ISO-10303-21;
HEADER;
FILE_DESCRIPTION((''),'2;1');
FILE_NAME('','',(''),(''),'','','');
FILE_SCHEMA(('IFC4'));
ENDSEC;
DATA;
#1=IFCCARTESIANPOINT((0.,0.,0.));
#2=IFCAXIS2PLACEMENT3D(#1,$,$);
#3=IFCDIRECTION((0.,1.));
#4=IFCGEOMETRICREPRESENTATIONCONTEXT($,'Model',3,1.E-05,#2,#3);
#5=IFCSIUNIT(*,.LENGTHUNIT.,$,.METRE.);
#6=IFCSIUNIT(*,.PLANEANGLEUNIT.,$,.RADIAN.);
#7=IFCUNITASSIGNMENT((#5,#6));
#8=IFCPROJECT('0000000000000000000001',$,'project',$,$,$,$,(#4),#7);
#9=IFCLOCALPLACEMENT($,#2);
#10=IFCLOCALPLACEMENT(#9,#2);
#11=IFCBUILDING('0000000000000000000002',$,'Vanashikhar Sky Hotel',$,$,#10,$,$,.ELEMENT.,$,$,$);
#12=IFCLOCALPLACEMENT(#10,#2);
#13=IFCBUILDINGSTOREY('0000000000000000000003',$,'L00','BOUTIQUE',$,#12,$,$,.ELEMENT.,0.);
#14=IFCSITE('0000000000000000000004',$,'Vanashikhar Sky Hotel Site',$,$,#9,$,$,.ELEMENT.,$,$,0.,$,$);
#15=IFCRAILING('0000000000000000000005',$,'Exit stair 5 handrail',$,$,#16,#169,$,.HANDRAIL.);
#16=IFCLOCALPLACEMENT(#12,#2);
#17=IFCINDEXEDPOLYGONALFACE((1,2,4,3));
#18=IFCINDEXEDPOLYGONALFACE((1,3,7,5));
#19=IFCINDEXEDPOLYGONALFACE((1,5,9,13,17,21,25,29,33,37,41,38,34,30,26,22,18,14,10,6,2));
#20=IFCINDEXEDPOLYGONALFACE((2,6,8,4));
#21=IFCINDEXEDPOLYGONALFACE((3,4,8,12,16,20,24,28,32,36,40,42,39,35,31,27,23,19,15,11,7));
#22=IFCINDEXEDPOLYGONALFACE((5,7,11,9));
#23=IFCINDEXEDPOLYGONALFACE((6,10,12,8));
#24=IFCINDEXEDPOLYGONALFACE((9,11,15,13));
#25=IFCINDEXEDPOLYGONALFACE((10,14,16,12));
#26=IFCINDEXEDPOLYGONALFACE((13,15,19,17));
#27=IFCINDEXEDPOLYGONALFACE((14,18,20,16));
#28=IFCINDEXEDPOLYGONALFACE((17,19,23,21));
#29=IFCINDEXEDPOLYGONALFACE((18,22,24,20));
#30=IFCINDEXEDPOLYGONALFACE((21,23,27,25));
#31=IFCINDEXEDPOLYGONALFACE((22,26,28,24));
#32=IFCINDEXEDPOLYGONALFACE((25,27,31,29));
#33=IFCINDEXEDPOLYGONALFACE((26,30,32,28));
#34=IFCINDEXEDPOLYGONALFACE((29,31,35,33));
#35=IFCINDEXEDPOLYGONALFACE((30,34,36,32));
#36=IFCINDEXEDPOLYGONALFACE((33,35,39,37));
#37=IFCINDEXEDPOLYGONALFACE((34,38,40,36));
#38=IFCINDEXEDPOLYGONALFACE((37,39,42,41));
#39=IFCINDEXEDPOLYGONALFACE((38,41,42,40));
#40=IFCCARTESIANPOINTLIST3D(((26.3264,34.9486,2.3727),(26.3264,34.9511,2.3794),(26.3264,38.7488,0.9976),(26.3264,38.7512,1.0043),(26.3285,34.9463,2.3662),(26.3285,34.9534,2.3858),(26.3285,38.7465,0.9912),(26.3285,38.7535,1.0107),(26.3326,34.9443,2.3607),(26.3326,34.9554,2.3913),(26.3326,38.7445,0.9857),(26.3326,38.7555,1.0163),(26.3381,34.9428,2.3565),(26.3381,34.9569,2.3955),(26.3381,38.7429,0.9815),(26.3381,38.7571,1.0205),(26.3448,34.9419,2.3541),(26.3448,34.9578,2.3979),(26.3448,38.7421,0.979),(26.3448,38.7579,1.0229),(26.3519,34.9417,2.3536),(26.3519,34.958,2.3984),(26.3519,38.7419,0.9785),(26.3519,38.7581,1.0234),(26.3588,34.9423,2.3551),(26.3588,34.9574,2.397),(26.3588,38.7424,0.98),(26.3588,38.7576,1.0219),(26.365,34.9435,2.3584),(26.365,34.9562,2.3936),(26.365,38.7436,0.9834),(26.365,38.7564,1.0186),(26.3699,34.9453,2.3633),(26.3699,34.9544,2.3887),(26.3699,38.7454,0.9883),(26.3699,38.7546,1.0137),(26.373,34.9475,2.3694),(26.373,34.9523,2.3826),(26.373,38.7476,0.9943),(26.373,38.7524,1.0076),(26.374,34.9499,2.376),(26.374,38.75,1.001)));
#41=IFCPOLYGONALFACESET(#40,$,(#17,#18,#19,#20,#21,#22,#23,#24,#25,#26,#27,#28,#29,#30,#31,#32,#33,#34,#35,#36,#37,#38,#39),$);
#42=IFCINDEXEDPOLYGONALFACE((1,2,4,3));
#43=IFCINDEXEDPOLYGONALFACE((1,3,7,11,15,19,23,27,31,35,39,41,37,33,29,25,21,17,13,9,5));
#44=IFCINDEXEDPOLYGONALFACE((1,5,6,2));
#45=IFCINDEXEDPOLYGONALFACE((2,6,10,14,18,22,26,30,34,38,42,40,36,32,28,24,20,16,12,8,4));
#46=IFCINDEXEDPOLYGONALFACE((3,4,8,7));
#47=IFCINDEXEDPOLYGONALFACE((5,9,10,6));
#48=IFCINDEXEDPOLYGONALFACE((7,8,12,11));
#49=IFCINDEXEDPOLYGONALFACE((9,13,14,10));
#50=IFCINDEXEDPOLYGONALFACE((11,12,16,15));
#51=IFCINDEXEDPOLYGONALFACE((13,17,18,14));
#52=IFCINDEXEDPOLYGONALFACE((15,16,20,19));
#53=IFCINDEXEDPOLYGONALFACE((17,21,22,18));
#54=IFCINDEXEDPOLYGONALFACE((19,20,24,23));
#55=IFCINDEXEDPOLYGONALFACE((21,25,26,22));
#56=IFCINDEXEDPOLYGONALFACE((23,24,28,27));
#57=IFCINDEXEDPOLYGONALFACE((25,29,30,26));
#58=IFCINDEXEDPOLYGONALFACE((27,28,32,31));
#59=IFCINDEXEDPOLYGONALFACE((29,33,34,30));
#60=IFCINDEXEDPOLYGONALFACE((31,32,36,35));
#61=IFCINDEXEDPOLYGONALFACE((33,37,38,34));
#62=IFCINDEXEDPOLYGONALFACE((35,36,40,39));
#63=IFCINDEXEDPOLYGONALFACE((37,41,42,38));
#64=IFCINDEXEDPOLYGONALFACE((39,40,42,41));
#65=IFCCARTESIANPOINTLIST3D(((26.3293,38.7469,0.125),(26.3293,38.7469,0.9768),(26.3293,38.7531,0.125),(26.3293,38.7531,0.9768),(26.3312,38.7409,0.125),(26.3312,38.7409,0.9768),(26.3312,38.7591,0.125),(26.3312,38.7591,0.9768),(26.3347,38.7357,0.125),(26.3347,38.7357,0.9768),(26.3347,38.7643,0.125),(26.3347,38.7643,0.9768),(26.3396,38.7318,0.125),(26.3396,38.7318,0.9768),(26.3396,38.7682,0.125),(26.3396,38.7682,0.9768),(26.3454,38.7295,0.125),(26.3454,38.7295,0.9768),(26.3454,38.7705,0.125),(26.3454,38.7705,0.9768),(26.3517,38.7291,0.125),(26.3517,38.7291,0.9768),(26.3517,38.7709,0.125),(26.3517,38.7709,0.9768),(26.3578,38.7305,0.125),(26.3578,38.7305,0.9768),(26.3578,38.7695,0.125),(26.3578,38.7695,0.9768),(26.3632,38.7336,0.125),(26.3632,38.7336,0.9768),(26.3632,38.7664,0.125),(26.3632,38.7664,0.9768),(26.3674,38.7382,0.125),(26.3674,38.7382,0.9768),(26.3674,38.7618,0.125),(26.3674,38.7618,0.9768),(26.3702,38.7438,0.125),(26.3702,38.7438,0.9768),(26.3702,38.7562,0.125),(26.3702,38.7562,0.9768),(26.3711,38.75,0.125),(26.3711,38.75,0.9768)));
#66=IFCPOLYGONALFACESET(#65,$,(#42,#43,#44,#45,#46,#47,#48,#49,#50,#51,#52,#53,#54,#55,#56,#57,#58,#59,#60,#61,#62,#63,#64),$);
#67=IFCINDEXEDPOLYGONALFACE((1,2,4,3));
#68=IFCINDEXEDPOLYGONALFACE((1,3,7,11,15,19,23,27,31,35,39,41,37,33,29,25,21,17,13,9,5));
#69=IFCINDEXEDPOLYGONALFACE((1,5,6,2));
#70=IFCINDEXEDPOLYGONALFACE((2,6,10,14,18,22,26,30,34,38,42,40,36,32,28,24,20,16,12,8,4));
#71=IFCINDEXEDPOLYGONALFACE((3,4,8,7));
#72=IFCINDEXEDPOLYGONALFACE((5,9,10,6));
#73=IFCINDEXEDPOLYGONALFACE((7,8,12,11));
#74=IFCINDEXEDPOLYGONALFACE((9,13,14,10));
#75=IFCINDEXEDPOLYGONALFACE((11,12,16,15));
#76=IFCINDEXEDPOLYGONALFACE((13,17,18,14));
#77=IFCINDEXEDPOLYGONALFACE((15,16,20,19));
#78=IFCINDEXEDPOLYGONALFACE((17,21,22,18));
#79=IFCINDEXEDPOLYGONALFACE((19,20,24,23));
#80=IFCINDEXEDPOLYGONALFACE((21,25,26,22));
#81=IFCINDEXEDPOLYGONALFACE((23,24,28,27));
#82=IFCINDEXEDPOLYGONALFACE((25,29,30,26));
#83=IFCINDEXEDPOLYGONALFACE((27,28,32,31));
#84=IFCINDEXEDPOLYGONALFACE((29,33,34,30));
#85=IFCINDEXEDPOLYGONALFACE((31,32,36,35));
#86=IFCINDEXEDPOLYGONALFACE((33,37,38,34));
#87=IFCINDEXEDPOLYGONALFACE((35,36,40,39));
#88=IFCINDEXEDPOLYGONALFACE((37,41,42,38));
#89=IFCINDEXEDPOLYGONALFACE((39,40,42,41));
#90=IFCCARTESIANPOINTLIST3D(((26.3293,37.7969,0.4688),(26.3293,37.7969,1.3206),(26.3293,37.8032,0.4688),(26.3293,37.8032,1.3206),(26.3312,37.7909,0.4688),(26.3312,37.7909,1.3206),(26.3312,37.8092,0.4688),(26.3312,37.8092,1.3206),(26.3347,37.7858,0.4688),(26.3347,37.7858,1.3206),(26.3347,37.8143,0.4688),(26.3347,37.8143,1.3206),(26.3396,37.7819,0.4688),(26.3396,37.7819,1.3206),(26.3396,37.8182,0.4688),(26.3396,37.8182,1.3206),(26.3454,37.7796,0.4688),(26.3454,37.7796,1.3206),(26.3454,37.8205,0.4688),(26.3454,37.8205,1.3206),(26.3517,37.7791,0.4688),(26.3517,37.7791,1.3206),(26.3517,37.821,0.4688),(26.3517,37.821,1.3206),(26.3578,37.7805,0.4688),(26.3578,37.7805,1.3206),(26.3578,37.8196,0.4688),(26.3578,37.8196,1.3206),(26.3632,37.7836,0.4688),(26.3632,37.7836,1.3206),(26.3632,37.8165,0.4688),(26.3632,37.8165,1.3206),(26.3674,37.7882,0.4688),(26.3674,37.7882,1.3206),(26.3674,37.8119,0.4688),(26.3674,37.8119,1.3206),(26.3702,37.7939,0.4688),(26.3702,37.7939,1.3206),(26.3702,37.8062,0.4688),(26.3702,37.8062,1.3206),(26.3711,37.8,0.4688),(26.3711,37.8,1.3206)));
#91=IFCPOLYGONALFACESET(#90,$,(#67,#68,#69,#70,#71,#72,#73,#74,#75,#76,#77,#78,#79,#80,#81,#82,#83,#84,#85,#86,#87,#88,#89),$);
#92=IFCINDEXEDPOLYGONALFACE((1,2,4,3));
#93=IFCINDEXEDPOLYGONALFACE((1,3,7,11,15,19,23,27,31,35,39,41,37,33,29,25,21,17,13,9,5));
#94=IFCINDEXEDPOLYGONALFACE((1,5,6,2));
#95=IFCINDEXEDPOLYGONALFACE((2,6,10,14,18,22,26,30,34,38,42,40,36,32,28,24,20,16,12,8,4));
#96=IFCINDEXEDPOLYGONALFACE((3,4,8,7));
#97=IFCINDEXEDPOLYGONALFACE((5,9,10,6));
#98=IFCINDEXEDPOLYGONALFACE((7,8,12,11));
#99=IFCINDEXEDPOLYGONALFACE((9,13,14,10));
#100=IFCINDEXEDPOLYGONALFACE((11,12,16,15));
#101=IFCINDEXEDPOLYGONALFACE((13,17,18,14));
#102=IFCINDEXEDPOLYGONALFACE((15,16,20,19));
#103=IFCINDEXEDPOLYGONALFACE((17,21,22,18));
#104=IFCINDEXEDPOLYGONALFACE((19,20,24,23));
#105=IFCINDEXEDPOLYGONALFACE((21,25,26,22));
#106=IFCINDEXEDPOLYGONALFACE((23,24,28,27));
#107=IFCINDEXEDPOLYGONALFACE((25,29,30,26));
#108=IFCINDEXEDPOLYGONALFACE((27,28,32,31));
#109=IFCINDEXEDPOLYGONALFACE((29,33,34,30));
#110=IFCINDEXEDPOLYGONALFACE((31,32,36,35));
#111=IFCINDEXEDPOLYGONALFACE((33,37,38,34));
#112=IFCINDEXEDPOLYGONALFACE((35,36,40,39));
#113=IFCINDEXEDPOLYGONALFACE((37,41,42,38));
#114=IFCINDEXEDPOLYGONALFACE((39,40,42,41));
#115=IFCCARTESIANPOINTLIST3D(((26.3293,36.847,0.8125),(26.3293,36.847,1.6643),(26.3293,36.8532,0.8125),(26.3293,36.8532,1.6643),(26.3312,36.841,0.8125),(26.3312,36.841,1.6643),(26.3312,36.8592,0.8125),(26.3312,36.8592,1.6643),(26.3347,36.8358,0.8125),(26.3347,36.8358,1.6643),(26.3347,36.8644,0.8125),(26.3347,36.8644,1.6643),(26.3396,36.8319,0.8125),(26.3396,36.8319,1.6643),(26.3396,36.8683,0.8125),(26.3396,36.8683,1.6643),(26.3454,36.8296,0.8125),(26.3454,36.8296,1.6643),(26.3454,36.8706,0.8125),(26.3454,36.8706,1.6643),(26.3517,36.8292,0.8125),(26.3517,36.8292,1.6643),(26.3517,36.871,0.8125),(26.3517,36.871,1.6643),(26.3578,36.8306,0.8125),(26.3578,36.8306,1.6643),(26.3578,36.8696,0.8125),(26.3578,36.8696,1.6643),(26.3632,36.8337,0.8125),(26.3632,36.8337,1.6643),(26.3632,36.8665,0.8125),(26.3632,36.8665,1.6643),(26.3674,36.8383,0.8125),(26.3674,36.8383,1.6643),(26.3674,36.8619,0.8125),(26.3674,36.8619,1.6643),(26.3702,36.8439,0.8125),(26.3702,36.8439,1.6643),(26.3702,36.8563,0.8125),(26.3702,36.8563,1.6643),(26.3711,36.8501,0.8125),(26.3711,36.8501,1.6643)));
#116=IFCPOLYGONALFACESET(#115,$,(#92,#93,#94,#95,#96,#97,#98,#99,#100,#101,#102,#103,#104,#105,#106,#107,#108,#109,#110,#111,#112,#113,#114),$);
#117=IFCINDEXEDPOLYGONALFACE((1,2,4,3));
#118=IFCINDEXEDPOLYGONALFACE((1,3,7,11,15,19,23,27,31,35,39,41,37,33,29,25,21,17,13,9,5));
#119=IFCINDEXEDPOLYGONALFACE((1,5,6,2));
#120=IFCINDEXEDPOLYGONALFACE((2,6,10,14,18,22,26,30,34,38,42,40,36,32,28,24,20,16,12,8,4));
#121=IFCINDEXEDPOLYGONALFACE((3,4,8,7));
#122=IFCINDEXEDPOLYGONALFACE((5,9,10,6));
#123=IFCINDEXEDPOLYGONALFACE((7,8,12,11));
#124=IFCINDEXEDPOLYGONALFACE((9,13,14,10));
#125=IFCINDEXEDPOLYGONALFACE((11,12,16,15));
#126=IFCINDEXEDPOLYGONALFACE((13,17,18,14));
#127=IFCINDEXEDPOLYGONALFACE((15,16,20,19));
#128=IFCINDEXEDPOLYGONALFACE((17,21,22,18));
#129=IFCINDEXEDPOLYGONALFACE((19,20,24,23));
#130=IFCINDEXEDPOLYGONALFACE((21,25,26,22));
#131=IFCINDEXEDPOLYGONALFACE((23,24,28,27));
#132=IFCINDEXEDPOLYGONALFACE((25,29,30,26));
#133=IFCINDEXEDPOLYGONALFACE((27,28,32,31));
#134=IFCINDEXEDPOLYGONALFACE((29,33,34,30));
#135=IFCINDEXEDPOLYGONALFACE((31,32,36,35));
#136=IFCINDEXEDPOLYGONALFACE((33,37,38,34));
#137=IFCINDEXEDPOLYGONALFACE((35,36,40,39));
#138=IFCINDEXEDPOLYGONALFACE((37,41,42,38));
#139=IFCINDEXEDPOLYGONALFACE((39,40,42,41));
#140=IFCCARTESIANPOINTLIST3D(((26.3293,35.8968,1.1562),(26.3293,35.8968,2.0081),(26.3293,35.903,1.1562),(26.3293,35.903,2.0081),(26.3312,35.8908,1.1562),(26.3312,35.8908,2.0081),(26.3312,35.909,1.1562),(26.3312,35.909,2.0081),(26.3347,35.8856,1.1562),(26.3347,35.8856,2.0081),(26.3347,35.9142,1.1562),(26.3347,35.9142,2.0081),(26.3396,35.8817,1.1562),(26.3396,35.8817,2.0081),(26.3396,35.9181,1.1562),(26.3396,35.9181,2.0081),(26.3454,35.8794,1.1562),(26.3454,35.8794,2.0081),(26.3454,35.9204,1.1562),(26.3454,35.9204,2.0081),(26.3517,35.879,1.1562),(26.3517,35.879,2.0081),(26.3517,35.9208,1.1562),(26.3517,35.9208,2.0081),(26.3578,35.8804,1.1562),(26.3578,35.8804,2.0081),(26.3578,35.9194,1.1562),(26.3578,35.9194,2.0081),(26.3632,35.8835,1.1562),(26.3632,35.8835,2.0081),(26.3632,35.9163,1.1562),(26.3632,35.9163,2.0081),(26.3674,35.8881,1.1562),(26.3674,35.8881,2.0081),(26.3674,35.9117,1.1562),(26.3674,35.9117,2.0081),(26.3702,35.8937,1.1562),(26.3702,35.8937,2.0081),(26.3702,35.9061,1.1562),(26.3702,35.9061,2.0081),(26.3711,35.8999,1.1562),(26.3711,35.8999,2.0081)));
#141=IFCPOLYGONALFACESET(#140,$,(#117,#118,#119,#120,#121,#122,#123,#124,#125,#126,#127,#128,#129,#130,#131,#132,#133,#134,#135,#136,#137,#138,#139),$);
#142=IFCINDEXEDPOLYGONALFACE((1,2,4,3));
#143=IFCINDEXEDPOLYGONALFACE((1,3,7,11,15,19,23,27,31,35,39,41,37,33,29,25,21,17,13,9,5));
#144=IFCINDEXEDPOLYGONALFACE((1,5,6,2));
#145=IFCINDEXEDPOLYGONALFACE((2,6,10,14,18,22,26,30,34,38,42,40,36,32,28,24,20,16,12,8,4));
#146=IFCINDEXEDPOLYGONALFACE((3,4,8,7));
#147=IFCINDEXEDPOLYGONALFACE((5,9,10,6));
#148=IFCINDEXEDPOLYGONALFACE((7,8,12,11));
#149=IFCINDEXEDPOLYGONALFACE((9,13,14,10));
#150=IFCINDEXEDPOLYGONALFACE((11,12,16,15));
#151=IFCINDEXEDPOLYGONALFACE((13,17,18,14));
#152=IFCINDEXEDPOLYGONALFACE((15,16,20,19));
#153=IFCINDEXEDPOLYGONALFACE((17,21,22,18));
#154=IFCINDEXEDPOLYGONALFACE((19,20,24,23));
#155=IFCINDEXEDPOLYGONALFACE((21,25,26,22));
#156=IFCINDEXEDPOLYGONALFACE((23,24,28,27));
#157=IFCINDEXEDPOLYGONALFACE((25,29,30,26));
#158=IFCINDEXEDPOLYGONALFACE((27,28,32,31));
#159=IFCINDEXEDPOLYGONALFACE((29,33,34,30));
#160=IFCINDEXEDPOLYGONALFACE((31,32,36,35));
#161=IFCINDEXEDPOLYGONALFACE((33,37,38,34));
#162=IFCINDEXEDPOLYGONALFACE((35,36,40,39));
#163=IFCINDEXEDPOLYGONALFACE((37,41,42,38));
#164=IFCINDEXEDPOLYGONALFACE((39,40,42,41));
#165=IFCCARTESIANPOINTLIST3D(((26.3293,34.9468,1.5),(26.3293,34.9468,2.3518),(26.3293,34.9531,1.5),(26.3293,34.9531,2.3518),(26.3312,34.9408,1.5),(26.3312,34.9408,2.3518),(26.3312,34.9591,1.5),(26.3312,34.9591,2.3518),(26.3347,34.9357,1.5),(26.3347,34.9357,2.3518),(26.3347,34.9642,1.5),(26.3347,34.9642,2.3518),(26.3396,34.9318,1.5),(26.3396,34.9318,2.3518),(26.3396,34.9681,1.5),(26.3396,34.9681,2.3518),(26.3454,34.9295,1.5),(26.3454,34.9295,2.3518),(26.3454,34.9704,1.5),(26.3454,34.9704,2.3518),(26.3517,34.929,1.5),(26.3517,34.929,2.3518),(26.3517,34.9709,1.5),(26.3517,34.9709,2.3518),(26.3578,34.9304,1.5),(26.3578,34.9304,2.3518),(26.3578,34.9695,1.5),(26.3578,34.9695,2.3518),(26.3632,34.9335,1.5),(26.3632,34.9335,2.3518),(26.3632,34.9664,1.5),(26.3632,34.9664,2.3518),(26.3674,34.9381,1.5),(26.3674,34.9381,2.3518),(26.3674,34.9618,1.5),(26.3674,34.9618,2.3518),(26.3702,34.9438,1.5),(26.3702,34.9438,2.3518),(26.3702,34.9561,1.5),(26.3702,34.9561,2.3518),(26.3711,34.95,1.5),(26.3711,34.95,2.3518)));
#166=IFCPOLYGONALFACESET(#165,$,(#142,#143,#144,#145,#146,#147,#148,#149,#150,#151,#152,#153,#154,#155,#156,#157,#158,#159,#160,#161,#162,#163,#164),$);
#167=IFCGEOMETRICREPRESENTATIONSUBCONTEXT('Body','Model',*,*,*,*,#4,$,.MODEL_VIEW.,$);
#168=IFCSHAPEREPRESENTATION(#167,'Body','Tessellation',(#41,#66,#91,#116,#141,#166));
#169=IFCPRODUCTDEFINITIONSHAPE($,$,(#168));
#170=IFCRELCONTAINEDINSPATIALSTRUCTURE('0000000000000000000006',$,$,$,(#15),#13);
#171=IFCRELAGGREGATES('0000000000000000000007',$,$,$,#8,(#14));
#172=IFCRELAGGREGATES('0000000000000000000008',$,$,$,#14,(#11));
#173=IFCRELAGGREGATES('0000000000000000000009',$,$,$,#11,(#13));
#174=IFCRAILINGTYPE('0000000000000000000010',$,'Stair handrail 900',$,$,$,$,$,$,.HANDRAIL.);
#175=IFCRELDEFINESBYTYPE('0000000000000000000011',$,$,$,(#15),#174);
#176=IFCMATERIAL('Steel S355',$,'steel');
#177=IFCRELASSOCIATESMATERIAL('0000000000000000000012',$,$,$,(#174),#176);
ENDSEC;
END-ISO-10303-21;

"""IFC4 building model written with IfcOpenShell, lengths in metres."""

from ifc_helpers import new_model, si_unit, direction, frame, origin, origin_2d, place, context, subcontext, project, spatial, circle, extrude, source, transform, mapped, material, type_object, element, save


model = new_model("IFC4")

# Units and contexts
model_context = context("Model", 3, precision=1e-05, world=origin(), true_north=direction((0.0, 1.0)))
body_context = subcontext(model_context, "Body", "Model", "MODEL_VIEW")
ifc_project = project(units=[si_unit("LENGTHUNIT", "METRE"), si_unit("PLANEANGLEUNIT", "RADIAN")], contexts=[model_context])

# Site, building, storey
site_placement = place(None, origin())
site = spatial("IfcSite", under=ifc_project, at=site_placement, Name="Vanashikhar Sky Hotel Site", CompositionType="ELEMENT", RefElevation=0.0)
building_placement = place(site_placement, origin())
building = spatial("IfcBuilding", under=site, at=building_placement, Name="Vanashikhar Sky Hotel", CompositionType="ELEMENT")
storey_placement = place(building_placement, origin())
storey = spatial("IfcBuildingStorey", under=building, at=storey_placement, Name="L00", Description="BOUTIQUE", CompositionType="ELEMENT", Elevation=0.0)

# Railing
ifc_material_1 = material(Name="Steel S355", Category="steel")
railing_type_1 = type_object("IfcRailingType", Name="Stair handrail 900", PredefinedType="HANDRAIL", material=ifc_material_1)
shared_shape_1 = source(origin(), body_context, "Body", "SweptSolid", [
    extrude(circle(Radius=0.0239, at=origin_2d()), frame((0.0, 0.0, 0.876), z_axis=(0.0, -0.940336, 0.340249), x_axis=(1.0, 0.0, 0.0)), (0.0, 0.0, 1.0), 4.0413),
    extrude(circle(Radius=0.021, at=origin_2d()), origin(), (0.0, 0.0, 1.0), 0.8518),
    extrude(circle(Radius=0.021, at=origin_2d()), frame((0.0, -0.95, 0.3438)), (0.0, 0.0, 1.0), 0.8518),
    extrude(circle(Radius=0.021, at=origin_2d()), frame((0.0, -1.8999, 0.6875)), (0.0, 0.0, 1.0), 0.8518),
    extrude(circle(Radius=0.021, at=origin_2d()), frame((0.0, -2.8501, 1.0312)), (0.0, 0.0, 1.0), 0.8518),
    extrude(circle(Radius=0.021, at=origin_2d()), frame((0.0, -3.8, 1.375)), (0.0, 0.0, 1.0), 0.8518),
])
for number, where, name in (
    (1, (26.3501, 38.75, 0.125), "Exit stair 5 handrail"),
):
    element("IfcRailing", number, at=place(storey_placement, frame(where)), inside=storey, type_object=railing_type_1, Name=name, PredefinedType="HANDRAIL", context=body_context, shape_type="MappedRepresentation", body=[
        mapped(shared_shape_1, transform((0.0, 0.0, 0.0), scale=1.0)),
    ])

save(model, "model.ifc")
